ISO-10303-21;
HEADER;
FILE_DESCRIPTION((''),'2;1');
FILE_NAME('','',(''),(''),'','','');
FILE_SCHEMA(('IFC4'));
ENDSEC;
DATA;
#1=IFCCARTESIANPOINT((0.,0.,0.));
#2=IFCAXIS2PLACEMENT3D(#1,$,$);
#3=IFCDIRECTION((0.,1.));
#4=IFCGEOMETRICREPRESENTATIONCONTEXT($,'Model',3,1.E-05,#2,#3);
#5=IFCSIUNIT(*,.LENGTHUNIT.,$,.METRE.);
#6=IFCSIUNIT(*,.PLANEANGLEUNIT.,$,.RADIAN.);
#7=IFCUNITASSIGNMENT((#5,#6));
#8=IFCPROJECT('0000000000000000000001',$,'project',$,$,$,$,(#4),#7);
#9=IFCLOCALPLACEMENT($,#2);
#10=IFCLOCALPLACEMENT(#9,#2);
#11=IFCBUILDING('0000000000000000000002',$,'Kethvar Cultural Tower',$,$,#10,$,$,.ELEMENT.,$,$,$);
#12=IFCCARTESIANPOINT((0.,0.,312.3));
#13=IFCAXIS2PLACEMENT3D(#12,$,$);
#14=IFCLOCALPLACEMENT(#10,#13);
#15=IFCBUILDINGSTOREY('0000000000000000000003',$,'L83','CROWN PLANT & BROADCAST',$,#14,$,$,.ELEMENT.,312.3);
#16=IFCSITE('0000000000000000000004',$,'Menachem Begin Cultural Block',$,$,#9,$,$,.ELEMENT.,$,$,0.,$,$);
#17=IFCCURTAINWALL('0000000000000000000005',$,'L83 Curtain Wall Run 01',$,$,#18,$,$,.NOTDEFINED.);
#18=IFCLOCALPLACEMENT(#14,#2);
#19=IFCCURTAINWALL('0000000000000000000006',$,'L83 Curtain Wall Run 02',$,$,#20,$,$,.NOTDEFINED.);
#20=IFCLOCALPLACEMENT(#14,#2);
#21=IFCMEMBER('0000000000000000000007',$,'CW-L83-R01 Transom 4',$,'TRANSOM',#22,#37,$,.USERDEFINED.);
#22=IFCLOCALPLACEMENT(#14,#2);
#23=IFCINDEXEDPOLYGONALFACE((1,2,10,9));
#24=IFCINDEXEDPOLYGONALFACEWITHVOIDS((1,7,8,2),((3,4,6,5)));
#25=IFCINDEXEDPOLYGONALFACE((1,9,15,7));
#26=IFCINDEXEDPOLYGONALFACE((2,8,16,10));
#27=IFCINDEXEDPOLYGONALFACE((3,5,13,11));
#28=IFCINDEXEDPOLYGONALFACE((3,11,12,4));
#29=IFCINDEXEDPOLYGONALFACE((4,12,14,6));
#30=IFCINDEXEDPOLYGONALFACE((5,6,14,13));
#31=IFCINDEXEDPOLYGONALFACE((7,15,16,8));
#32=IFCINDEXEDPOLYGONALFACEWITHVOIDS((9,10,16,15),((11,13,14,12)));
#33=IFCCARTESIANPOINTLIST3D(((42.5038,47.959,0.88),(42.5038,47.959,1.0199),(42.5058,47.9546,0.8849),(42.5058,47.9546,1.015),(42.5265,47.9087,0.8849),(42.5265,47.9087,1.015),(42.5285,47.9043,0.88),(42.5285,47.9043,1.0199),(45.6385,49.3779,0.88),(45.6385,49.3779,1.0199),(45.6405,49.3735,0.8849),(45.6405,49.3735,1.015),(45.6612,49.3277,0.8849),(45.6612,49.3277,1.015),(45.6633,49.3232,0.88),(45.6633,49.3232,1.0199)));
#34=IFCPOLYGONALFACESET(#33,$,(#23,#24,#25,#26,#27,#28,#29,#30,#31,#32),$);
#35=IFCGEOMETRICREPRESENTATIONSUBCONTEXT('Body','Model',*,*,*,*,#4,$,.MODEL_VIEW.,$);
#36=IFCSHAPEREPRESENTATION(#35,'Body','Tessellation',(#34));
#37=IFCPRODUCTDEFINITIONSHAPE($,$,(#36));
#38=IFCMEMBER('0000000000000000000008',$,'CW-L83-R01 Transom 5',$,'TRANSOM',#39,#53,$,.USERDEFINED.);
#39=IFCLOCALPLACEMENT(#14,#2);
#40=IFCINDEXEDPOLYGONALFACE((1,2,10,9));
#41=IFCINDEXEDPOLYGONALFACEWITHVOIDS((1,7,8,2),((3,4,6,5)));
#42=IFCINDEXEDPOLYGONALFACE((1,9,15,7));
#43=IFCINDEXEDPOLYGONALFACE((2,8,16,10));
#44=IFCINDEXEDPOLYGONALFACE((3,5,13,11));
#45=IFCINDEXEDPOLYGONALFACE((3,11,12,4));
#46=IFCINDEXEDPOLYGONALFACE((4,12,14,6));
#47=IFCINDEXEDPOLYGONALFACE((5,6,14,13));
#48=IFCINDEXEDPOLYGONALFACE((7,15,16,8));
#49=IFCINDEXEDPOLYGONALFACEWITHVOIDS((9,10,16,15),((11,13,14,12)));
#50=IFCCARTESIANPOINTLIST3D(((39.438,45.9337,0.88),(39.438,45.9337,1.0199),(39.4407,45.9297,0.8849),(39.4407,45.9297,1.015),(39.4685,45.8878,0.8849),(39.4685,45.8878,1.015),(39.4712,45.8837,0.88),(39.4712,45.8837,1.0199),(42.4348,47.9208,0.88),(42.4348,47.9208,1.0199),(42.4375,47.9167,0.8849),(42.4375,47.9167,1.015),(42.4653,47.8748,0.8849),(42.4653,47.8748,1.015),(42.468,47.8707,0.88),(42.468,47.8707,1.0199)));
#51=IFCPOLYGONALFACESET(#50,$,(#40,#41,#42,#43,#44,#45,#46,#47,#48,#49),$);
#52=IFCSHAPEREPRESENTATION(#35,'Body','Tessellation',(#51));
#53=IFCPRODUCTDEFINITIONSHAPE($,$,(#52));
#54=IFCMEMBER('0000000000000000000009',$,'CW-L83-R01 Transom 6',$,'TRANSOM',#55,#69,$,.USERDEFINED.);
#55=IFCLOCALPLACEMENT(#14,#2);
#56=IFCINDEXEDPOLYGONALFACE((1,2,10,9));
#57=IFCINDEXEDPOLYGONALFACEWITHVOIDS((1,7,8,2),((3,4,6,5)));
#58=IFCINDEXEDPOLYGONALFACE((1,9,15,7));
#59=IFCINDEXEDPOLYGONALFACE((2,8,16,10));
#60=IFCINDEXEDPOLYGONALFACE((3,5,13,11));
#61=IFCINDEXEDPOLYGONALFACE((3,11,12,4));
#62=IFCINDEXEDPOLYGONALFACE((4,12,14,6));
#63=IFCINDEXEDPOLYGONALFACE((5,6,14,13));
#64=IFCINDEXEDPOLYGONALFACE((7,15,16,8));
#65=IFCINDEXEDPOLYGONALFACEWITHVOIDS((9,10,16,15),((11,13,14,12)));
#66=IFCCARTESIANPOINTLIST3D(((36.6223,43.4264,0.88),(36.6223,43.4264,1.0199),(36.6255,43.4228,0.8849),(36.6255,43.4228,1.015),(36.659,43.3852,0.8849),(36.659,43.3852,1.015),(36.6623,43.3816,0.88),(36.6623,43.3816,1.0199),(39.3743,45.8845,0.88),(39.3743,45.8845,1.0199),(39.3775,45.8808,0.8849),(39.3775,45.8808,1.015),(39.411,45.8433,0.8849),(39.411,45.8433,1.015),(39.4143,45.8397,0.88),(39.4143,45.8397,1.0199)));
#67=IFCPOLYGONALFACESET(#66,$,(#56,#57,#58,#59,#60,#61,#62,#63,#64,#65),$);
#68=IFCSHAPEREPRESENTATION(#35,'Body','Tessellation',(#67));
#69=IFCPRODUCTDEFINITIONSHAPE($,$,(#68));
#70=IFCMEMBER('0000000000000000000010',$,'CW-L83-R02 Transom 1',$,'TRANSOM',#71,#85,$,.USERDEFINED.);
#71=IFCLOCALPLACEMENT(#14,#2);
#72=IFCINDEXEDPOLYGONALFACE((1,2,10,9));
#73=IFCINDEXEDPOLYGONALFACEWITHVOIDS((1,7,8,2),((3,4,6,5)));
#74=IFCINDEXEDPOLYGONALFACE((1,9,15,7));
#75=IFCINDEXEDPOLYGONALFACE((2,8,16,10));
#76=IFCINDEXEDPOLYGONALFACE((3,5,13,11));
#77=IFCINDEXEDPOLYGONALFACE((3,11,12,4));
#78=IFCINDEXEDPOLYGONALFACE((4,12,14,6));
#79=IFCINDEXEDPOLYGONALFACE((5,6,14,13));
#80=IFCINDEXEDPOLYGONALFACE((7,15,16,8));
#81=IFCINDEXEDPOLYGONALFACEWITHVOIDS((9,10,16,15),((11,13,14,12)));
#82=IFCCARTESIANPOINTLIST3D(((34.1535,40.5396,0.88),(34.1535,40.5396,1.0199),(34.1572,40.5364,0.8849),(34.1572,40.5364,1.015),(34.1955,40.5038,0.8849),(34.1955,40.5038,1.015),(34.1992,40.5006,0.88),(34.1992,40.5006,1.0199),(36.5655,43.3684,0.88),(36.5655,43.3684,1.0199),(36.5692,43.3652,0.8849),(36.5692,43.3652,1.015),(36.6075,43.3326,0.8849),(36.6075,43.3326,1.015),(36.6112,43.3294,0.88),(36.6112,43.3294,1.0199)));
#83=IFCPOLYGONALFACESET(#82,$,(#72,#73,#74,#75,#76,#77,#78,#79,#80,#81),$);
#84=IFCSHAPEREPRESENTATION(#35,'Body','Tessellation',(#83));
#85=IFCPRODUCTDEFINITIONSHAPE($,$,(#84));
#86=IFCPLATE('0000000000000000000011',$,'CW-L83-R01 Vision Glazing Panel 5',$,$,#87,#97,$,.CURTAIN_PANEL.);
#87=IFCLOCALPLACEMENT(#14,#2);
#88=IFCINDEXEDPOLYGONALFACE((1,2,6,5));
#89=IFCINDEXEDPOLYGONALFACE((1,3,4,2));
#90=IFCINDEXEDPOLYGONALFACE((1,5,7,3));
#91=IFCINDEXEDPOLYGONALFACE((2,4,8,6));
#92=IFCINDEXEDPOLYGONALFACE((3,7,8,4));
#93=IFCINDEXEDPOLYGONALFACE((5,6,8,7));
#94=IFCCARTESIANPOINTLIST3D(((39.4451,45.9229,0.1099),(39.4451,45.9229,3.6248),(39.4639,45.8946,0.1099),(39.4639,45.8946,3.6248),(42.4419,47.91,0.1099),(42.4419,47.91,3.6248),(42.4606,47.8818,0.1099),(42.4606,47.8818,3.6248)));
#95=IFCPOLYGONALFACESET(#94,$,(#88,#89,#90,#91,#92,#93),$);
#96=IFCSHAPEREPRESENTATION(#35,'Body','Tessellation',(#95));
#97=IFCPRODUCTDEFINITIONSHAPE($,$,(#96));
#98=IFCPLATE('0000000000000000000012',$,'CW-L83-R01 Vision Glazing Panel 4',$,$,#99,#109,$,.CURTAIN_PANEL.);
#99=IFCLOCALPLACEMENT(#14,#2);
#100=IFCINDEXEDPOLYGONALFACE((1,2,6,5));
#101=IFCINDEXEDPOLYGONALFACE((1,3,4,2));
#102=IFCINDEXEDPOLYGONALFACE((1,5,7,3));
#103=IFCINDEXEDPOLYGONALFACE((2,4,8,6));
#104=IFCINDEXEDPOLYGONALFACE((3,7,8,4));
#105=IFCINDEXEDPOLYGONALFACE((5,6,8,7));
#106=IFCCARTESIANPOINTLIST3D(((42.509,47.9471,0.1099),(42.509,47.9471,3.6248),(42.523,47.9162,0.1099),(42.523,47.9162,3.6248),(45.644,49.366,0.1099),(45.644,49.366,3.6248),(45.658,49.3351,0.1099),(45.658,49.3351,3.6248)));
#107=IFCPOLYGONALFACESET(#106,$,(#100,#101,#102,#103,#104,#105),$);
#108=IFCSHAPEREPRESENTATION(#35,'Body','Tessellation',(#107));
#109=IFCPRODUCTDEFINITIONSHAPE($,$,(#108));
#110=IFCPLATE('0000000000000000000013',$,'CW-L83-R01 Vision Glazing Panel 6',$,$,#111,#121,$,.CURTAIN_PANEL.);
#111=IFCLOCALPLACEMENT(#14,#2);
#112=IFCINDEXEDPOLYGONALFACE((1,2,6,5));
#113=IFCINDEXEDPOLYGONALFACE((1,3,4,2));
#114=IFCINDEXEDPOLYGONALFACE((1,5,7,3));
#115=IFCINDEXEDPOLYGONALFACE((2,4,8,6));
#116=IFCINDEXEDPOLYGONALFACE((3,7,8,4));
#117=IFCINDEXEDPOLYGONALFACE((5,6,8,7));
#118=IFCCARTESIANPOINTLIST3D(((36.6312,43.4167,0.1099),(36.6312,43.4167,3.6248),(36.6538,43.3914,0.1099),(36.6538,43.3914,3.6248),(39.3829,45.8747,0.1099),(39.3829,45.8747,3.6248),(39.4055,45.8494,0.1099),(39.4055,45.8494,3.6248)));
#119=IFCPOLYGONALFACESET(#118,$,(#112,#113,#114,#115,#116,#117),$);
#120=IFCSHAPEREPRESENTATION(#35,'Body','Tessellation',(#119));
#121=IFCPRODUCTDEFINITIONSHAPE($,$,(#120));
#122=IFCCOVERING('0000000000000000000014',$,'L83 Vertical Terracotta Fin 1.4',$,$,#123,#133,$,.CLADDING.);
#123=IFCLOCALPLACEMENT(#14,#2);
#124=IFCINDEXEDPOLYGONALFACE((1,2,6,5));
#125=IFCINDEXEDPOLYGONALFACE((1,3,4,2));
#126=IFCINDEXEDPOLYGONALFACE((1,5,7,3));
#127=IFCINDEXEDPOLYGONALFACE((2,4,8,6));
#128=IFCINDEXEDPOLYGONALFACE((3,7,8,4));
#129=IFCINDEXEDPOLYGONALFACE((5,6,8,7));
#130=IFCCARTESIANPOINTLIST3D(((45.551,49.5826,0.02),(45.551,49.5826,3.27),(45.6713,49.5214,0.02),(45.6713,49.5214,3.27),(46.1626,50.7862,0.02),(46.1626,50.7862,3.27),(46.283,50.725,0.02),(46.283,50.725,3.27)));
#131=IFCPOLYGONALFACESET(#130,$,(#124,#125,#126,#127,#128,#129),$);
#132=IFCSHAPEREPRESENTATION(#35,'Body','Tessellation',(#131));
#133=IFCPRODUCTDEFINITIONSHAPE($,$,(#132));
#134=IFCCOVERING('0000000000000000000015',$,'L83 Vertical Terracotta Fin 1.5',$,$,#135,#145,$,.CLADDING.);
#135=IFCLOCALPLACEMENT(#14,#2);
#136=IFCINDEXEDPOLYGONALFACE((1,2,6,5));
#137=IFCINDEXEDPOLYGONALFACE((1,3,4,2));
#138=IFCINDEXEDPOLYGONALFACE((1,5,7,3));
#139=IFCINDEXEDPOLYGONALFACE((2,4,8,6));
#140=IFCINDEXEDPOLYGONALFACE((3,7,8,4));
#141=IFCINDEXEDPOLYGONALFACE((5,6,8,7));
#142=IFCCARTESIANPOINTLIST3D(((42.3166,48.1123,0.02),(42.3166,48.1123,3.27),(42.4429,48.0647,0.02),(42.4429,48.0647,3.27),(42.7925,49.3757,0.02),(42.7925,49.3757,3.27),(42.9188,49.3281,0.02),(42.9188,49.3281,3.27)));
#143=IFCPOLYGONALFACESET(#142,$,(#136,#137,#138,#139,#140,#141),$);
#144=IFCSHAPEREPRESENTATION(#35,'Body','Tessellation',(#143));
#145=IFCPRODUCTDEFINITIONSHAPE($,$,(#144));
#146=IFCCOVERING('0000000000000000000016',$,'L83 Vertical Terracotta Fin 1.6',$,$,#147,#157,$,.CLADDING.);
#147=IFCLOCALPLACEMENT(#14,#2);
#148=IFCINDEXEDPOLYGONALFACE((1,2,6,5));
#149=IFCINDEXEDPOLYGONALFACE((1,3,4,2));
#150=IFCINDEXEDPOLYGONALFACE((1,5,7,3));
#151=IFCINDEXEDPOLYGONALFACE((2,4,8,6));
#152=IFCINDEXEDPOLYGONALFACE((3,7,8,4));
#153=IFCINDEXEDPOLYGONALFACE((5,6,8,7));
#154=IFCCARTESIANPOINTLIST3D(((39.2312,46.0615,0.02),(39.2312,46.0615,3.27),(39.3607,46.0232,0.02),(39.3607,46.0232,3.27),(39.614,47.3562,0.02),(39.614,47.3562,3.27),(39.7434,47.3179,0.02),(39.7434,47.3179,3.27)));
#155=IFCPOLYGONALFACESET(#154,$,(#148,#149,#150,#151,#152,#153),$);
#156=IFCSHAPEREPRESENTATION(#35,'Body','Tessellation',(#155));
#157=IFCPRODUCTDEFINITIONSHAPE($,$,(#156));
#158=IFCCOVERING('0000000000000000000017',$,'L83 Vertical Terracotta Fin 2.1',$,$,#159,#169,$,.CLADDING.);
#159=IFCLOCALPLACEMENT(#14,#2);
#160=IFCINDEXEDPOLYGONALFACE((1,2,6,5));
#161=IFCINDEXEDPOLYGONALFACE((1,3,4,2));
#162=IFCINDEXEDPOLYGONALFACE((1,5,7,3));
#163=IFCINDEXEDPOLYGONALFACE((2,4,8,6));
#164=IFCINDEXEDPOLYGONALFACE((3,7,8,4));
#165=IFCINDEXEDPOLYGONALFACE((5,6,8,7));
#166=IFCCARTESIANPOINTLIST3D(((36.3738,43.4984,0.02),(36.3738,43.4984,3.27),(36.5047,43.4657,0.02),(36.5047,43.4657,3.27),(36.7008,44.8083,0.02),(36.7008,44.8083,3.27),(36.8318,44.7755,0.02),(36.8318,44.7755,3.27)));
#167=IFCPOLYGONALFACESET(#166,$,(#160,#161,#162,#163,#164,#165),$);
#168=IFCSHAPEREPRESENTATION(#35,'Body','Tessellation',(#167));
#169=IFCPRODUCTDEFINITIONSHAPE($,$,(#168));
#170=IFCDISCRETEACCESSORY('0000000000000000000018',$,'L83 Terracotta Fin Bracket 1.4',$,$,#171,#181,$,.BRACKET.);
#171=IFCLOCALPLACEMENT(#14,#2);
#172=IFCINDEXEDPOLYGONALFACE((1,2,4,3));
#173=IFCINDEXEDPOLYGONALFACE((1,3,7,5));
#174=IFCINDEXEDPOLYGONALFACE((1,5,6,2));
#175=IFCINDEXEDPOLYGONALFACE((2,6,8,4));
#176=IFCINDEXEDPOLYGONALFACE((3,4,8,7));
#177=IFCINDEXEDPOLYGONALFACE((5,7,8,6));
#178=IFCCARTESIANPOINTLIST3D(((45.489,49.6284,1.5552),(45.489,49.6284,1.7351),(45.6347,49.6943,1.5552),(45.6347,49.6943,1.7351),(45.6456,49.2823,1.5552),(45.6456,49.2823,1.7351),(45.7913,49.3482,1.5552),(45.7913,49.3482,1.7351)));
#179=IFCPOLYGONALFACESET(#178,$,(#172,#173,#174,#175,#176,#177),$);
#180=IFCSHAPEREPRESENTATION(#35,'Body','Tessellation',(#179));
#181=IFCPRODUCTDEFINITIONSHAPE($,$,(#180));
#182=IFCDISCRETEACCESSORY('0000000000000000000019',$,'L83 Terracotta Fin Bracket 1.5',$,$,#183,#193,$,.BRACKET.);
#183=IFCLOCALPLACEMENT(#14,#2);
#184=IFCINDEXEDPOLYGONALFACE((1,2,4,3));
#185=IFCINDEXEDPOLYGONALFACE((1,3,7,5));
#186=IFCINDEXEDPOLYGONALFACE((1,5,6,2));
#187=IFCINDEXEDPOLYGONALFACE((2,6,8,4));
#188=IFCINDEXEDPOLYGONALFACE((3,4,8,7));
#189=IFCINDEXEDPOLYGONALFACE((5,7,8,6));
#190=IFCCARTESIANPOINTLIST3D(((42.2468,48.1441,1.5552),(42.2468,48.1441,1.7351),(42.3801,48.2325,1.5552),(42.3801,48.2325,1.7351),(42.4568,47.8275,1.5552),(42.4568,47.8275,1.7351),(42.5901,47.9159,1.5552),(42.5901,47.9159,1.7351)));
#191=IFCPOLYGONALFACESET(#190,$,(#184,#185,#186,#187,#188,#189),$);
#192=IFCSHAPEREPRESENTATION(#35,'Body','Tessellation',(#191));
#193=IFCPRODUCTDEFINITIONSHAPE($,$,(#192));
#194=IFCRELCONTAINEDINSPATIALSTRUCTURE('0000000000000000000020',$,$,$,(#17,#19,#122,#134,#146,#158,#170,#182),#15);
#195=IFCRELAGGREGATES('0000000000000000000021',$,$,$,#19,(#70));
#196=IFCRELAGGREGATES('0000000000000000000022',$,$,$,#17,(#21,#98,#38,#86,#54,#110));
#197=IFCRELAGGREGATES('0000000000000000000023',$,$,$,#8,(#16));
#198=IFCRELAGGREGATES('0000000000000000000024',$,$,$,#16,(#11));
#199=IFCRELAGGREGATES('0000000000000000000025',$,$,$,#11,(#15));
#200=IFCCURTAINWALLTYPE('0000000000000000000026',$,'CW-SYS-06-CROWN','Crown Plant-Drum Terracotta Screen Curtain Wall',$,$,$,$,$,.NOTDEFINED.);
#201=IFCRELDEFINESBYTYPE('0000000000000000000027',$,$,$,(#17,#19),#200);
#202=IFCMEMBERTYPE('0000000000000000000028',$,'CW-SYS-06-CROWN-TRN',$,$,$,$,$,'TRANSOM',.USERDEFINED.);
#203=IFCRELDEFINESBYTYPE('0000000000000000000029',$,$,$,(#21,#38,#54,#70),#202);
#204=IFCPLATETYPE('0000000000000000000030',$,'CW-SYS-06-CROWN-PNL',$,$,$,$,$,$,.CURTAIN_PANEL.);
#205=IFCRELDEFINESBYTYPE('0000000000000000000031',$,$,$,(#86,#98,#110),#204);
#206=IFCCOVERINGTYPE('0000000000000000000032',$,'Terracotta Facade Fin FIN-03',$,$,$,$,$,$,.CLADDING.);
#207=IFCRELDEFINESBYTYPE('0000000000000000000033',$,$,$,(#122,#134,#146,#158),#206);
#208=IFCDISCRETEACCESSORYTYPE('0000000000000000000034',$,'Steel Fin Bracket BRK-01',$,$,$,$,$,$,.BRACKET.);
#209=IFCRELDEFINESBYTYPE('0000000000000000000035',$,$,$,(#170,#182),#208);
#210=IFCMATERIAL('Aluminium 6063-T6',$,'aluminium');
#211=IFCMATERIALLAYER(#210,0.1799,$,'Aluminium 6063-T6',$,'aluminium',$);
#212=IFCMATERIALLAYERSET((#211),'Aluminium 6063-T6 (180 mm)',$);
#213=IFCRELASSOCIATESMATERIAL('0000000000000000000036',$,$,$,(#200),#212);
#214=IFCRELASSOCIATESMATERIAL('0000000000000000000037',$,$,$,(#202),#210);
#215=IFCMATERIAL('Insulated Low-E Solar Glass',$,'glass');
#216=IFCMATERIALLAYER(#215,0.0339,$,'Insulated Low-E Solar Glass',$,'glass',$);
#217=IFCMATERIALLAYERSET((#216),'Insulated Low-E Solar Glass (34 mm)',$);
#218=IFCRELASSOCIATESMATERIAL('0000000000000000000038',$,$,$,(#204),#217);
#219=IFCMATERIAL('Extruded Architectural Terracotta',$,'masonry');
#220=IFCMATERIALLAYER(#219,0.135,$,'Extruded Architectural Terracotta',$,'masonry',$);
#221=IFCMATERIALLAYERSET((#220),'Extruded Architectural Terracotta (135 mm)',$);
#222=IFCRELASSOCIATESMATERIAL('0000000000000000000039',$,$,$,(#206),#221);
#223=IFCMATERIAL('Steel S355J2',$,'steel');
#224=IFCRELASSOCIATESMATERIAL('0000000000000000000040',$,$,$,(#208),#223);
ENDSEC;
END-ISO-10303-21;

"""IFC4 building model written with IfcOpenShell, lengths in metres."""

from ifc_helpers import new_model, si_unit, direction, frame, origin, origin_2d, place, context, subcontext, project, spatial, rectangle, hollow_rectangle, extrude, source, transform, mapped, material, layer, layer_set, material_profile, profile_set, type_object, element, aggregate, save


model = new_model("IFC4")

# Units and contexts
model_context = context("Model", 3, precision=1e-05, world=origin(), true_north=direction((0.0, 1.0)))
body_context = subcontext(model_context, "Body", "Model", "MODEL_VIEW")
ifc_project = project(units=[si_unit("LENGTHUNIT", "METRE"), si_unit("PLANEANGLEUNIT", "RADIAN")], contexts=[model_context])

# Site, building, storey
site_placement = place(None, origin())
site = spatial("IfcSite", under=ifc_project, at=site_placement, Name="Menachem Begin Cultural Block", CompositionType="ELEMENT", RefElevation=0.0)
building_placement = place(site_placement, origin())
building = spatial("IfcBuilding", under=site, at=building_placement, Name="Kethvar Cultural Tower", CompositionType="ELEMENT")
storey_placement = place(building_placement, frame((0.0, 0.0, 312.3)))
storey = spatial("IfcBuildingStorey", under=building, at=storey_placement, Name="L83", Description="CROWN PLANT & BROADCAST", CompositionType="ELEMENT", Elevation=312.3)

# Shared definitions
ifc_material_1 = material(Name="Steel S355J2", Category="steel")

# Curtain wall
ifc_material_2 = material(Name="Aluminium 6063-T6", Category="aluminium")
ifc_layer_1 = layer(ifc_material_2, 0.1799, Name="Aluminium 6063-T6", Category="aluminium")
ifc_layer_set_1 = layer_set([ifc_layer_1], Name="Aluminium 6063-T6 (180 mm)")
curtain_wall_type = type_object("IfcCurtainWallType", Name="CW-SYS-06-CROWN", Description="Crown Plant-Drum Terracotta Screen Curtain Wall", PredefinedType="NOTDEFINED", material=ifc_layer_set_1)
curtain_wall_1_placement = place(storey_placement, origin())
curtain_wall_1 = element("IfcCurtainWall", 1, at=curtain_wall_1_placement, inside=storey, type_object=curtain_wall_type, Name="L83 Curtain Wall Run 01", PredefinedType="NOTDEFINED")

# Curtain wall
curtain_wall_2_placement = place(storey_placement, origin())
curtain_wall_2 = element("IfcCurtainWall", 2, at=curtain_wall_2_placement, inside=storey, type_object=curtain_wall_type, Name="L83 Curtain Wall Run 02", PredefinedType="NOTDEFINED")

# Members
ifc_material_profile_1 = material_profile(ifc_material_2, hollow_rectangle(XDim=0.0601, YDim=0.1399, WallThickness=0.0049, at=origin_2d()), Name="Aluminium 6063-T6 — RHS140x60x5")
ifc_profile_set_1 = profile_set([ifc_material_profile_1], Name="Aluminium 6063-T6 — RHS140x60x5")
member_type_1 = type_object("IfcMemberType", Name="CW-SYS-06-CROWN-TRN", ElementType="TRANSOM", PredefinedType="USERDEFINED", material=ifc_profile_set_1)
shared_shape_1 = source(origin(), body_context, "Body", "SweptSolid", [
    extrude(hollow_rectangle(XDim=0.0601, YDim=0.1399, WallThickness=0.0049, at=origin_2d()), origin(), (0.0, 0.0, 1.0), 3.4409),
])
member_1_placement = place(storey_placement, frame((45.6509, 49.3506, 0.95), z_axis=(-0.911017, -0.41237, 0.0), x_axis=(0.41237, -0.911017, 0.0)))
member_1 = element("IfcMember", 3, at=member_1_placement, type_object=member_type_1, Name="CW-L83-R01 Transom 4", ObjectType="TRANSOM", PredefinedType="USERDEFINED", context=body_context, shape_type="MappedRepresentation", body=[
    mapped(shared_shape_1, transform((0.0, 0.0, 0.0), scale=1.0)),
])
shared_shape_2 = source(origin(), body_context, "Body", "SweptSolid", [
    extrude(hollow_rectangle(XDim=0.0601, YDim=0.1399, WallThickness=0.0049, at=origin_2d()), origin(), (0.0, 0.0, 1.0), 3.5957),
])
member_2_placement = place(storey_placement, frame((42.4514, 47.8958, 0.95), z_axis=(-0.833437, -0.552615, 0.0), x_axis=(0.552615, -0.833437, 0.0)))
member_2 = element("IfcMember", 4, at=member_2_placement, type_object=member_type_1, Name="CW-L83-R01 Transom 5", ObjectType="TRANSOM", PredefinedType="USERDEFINED", context=body_context, shape_type="MappedRepresentation", body=[
    mapped(shared_shape_2, transform((0.0, 0.0, 0.0), scale=1.0)),
])
shared_shape_3 = source(origin(), body_context, "Body", "SweptSolid", [
    extrude(hollow_rectangle(XDim=0.0601, YDim=0.1399, WallThickness=0.0049, at=origin_2d()), origin(), (0.0, 0.0, 1.0), 3.6899),
])
member_3_placement = place(storey_placement, frame((39.3943, 45.8621, 0.95), z_axis=(-0.745816, -0.666153, 0.0), x_axis=(0.666153, -0.745816, 0.0)))
member_3 = element("IfcMember", 5, at=member_3_placement, type_object=member_type_1, Name="CW-L83-R01 Transom 6", ObjectType="TRANSOM", PredefinedType="USERDEFINED", context=body_context, shape_type="MappedRepresentation", body=[
    mapped(shared_shape_3, transform((0.0, 0.0, 0.0), scale=1.0)),
])
shared_shape_4 = source(origin(), body_context, "Body", "SweptSolid", [
    extrude(hollow_rectangle(XDim=0.0601, YDim=0.1399, WallThickness=0.0049, at=origin_2d()), origin(), (0.0, 0.0, 1.0), 3.7175),
])
member_4_placement = place(storey_placement, frame((36.5884, 43.3489, 0.95), z_axis=(-0.648831, -0.760932, 0.0), x_axis=(0.760932, -0.648831, 0.0)))
member_4 = element("IfcMember", 6, at=member_4_placement, type_object=member_type_1, Name="CW-L83-R02 Transom 1", ObjectType="TRANSOM", PredefinedType="USERDEFINED", context=body_context, shape_type="MappedRepresentation", body=[
    mapped(shared_shape_4, transform((0.0, 0.0, 0.0), scale=1.0)),
])
aggregate(curtain_wall_2, [member_4])

# Plates
ifc_material_3 = material(Name="Insulated Low-E Solar Glass", Category="glass")
ifc_layer_2 = layer(ifc_material_3, 0.0339, Name="Insulated Low-E Solar Glass", Category="glass")
ifc_layer_set_2 = layer_set([ifc_layer_2], Name="Insulated Low-E Solar Glass (34 mm)")
plate_type = type_object("IfcPlateType", Name="CW-SYS-06-CROWN-PNL", PredefinedType="CURTAIN_PANEL", material=ifc_layer_set_2)
shared_shape_5 = source(origin(), body_context, "Body", "SweptSolid", [
    extrude(rectangle(XDim=3.5957, YDim=0.0339, at=origin_2d()), origin(), (0.0, 0.0, 1.0), 3.5149),
])
plate_1_placement = place(storey_placement, frame((40.9529, 46.9023, 0.1099), z_axis=(0.0, 0.0, 1.0), x_axis=(-0.833423, -0.552635, 0.0)))
plate_1 = element("IfcPlate", 7, at=plate_1_placement, type_object=plate_type, Name="CW-L83-R01 Vision Glazing Panel 5", PredefinedType="CURTAIN_PANEL", context=body_context, shape_type="MappedRepresentation", body=[
    mapped(shared_shape_5, transform((0.0, 0.0, 0.0), scale=1.0)),
])
shared_shape_6 = source(origin(), body_context, "Body", "SweptSolid", [
    extrude(rectangle(XDim=3.4412, YDim=0.0339, at=origin_2d()), origin(), (0.0, 0.0, 1.0), 3.5149),
])
plate_2_placement = place(storey_placement, frame((44.0835, 48.6411, 0.1099), z_axis=(0.0, 0.0, 1.0), x_axis=(-0.911029, -0.412341, 0.0)))
plate_2 = element("IfcPlate", 8, at=plate_2_placement, type_object=plate_type, Name="CW-L83-R01 Vision Glazing Panel 4", PredefinedType="CURTAIN_PANEL", context=body_context, shape_type="MappedRepresentation", body=[
    mapped(shared_shape_6, transform((0.0, 0.0, 0.0), scale=1.0)),
])
shared_shape_7 = source(origin(), body_context, "Body", "SweptSolid", [
    extrude(rectangle(XDim=3.6897, YDim=0.0339, at=origin_2d()), origin(), (0.0, 0.0, 1.0), 3.5149),
])
plate_3_placement = place(storey_placement, frame((38.0183, 44.6331, 0.1099), z_axis=(0.0, 0.0, 1.0), x_axis=(-0.745778, -0.666194, 0.0)))
plate_3 = element("IfcPlate", 9, at=plate_3_placement, type_object=plate_type, Name="CW-L83-R01 Vision Glazing Panel 6", PredefinedType="CURTAIN_PANEL", context=body_context, shape_type="MappedRepresentation", body=[
    mapped(shared_shape_7, transform((0.0, 0.0, 0.0), scale=1.0)),
])
aggregate(curtain_wall_1, [member_1, plate_2, member_2, plate_1, member_3, plate_3])

# Coverings
ifc_material_4 = material(Name="Extruded Architectural Terracotta", Category="masonry")
ifc_layer_3 = layer(ifc_material_4, 0.135, Name="Extruded Architectural Terracotta", Category="masonry")
ifc_layer_set_3 = layer_set([ifc_layer_3], Name="Extruded Architectural Terracotta (135 mm)")
covering_type = type_object("IfcCoveringType", Name="Terracotta Facade Fin FIN-03", PredefinedType="CLADDING", material=ifc_layer_set_3)
shared_shape_8 = source(origin(), body_context, "Body", "SweptSolid", [
    extrude(rectangle(XDim=1.3501, YDim=0.135, at=origin_2d()), origin(), (0.0, 0.0, 1.0), 3.25),
])
for number, where, z_axis, x_axis, name in (
    (10, (45.917, 50.1538, 0.02), (0.0, 0.0, 1.0), (0.453057, 0.891481, 0.0), "L83 Vertical Terracotta Fin 1.4"),
    (11, (42.6177, 48.7202, 0.02), (0.0, 0.0, 1.0), (0.352495, 0.935814, 0.0), "L83 Vertical Terracotta Fin 1.5"),
    (12, (39.4873, 46.6897, 0.02), (0.0, 0.0, 1.0), (0.283513, 0.958968, 0.0), "L83 Vertical Terracotta Fin 1.6"),
    (13, (36.6028, 44.137, 0.02), (0.0, 0.0, 1.0), (0.242261, 0.970211, 0.0), "L83 Vertical Terracotta Fin 2.1"),
):
    element("IfcCovering", number, at=place(storey_placement, frame(where, z_axis=z_axis, x_axis=x_axis)), inside=storey, type_object=covering_type, Name=name, PredefinedType="CLADDING", context=body_context, shape_type="MappedRepresentation", body=[
        mapped(shared_shape_8, transform((0.0, 0.0, 0.0), scale=1.0)),
    ])

# Discrete accessories
discrete_accessory_type = type_object("IfcDiscreteAccessoryType", Name="Steel Fin Bracket BRK-01", PredefinedType="BRACKET", material=ifc_material_1)
shared_shape_9 = source(origin(), body_context, "Body", "SweptSolid", [
    extrude(rectangle(XDim=0.3799, YDim=0.1599, at=origin_2d()), origin(), (0.0, 0.0, 1.0), 0.1799),
])
for number, where, z_axis, x_axis, name in (
    (14, (45.6401, 49.4883, 1.5552), (0.0, 0.0, 1.0), (-0.41231, 0.911044, 0.0), "L83 Terracotta Fin Bracket 1.4"),
    (15, (42.4185, 48.03, 1.5552), (0.0, 0.0, 1.0), (-0.552664, 0.833404, 0.0), "L83 Terracotta Fin Bracket 1.5"),
):
    element("IfcDiscreteAccessory", number, at=place(storey_placement, frame(where, z_axis=z_axis, x_axis=x_axis)), inside=storey, type_object=discrete_accessory_type, Name=name, PredefinedType="BRACKET", context=body_context, shape_type="MappedRepresentation", body=[
        mapped(shared_shape_9, transform((0.0, 0.0, 0.0), scale=1.0)),
    ])

save(model, "model.ifc")
